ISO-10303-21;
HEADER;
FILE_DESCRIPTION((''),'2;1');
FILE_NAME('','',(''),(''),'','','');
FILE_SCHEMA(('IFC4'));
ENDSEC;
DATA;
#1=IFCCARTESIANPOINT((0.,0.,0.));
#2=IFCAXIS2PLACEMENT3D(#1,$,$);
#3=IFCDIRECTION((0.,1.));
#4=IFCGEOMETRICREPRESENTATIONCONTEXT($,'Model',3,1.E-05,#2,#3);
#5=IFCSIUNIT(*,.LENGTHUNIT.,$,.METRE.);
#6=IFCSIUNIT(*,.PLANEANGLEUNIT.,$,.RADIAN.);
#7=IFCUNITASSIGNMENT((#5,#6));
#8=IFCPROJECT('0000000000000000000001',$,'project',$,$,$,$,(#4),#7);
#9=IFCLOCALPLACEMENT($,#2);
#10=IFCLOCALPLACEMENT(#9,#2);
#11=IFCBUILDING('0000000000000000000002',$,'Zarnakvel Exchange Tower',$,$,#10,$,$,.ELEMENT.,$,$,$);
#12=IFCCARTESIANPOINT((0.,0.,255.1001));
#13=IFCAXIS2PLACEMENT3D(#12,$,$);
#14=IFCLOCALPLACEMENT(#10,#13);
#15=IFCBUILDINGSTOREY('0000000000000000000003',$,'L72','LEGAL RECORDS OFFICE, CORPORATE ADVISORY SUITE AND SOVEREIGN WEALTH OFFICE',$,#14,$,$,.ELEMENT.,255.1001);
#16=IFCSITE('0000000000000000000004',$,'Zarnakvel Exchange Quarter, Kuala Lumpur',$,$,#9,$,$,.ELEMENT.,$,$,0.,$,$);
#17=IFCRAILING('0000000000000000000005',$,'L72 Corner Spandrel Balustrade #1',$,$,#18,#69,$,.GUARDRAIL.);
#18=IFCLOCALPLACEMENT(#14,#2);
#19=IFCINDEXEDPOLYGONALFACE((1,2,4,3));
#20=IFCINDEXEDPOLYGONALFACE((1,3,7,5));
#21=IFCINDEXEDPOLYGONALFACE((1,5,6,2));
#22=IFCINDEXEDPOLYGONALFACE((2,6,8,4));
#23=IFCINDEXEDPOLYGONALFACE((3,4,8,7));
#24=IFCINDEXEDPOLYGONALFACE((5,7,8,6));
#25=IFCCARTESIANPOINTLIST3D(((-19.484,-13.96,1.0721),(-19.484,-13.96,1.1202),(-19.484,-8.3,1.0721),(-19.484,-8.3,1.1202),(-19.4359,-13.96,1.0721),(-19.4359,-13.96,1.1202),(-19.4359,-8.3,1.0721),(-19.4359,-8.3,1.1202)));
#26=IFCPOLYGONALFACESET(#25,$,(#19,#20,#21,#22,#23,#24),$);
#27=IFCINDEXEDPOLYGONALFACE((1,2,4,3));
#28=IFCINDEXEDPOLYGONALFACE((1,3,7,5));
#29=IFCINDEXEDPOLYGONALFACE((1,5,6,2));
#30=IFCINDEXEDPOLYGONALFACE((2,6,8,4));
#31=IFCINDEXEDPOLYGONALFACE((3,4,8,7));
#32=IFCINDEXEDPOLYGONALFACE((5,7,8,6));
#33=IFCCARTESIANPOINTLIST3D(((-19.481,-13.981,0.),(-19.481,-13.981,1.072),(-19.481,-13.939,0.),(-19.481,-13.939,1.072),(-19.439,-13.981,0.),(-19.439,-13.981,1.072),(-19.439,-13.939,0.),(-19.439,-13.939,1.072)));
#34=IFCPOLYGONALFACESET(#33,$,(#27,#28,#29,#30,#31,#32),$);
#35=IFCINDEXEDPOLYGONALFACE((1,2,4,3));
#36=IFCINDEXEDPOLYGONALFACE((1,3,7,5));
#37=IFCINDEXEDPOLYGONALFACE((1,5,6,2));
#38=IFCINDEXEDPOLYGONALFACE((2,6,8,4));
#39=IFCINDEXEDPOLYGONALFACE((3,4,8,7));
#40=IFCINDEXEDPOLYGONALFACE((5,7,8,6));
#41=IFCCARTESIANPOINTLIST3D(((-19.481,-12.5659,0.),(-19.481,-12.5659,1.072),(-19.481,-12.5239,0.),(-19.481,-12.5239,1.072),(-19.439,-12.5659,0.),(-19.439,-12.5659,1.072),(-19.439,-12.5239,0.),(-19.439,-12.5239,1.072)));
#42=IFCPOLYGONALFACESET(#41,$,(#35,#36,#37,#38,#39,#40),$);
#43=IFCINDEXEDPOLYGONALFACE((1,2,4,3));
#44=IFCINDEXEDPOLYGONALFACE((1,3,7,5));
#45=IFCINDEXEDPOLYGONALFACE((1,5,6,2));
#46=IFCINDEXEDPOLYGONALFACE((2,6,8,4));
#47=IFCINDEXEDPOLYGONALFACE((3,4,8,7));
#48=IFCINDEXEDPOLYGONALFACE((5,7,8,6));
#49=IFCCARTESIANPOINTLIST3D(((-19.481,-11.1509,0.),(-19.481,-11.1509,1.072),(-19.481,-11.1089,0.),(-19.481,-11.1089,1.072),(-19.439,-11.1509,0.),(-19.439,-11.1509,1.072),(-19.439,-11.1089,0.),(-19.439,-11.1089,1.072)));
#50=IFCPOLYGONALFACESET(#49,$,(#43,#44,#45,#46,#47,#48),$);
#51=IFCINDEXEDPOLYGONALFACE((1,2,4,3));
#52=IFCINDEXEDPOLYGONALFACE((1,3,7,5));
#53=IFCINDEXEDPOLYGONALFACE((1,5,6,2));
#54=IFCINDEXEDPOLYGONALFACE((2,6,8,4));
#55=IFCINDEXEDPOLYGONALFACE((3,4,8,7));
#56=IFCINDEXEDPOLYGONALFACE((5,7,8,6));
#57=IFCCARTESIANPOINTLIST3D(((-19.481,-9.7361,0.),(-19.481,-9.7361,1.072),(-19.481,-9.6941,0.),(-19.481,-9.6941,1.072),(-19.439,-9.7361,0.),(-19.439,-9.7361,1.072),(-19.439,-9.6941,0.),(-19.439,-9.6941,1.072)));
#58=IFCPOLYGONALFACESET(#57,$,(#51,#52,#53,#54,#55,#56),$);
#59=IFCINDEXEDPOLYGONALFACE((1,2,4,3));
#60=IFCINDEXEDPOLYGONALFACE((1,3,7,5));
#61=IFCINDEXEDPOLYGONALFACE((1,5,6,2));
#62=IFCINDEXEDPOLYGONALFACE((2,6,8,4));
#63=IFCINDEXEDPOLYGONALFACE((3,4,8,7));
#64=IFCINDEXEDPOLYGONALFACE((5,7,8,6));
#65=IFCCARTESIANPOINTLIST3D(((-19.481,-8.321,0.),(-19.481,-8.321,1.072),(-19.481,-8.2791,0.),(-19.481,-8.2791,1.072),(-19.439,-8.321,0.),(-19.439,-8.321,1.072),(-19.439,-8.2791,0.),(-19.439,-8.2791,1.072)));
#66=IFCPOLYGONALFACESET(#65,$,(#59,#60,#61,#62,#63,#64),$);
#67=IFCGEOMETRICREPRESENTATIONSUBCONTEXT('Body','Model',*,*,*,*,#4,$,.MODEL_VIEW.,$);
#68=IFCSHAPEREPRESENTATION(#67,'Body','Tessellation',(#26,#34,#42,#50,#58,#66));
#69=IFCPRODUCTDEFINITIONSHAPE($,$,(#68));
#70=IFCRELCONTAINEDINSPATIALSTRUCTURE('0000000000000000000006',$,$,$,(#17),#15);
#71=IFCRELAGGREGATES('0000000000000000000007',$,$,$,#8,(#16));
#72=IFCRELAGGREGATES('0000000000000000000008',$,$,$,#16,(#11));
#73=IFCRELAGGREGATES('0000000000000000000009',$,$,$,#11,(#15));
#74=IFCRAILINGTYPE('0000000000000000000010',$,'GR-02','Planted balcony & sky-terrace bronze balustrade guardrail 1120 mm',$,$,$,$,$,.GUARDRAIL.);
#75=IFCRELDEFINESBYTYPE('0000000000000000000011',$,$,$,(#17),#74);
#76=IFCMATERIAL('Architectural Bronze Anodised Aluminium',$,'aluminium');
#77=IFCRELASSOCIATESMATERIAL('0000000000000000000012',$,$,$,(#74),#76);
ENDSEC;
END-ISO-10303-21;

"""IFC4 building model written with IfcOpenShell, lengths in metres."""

from ifc_helpers import new_model, si_unit, direction, frame, origin, origin_2d, place, context, subcontext, project, spatial, rectangle, extrude, material, type_object, element, save


model = new_model("IFC4")

# Units and contexts
model_context = context("Model", 3, precision=1e-05, world=origin(), true_north=direction((0.0, 1.0)))
body_context = subcontext(model_context, "Body", "Model", "MODEL_VIEW")
ifc_project = project(units=[si_unit("LENGTHUNIT", "METRE"), si_unit("PLANEANGLEUNIT", "RADIAN")], contexts=[model_context])

# Site, building, storey
site_placement = place(None, origin())
site = spatial("IfcSite", under=ifc_project, at=site_placement, Name="Zarnakvel Exchange Quarter, Kuala Lumpur", CompositionType="ELEMENT", RefElevation=0.0)
building_placement = place(site_placement, origin())
building = spatial("IfcBuilding", under=site, at=building_placement, Name="Zarnakvel Exchange Tower", CompositionType="ELEMENT")
storey_placement = place(building_placement, frame((0.0, 0.0, 255.1001)))
storey = spatial("IfcBuildingStorey", under=building, at=storey_placement, Name="L72", Description="LEGAL RECORDS OFFICE, CORPORATE ADVISORY SUITE AND SOVEREIGN WEALTH OFFICE", CompositionType="ELEMENT", Elevation=255.1001)

# Railing
ifc_material_1 = material(Name="Architectural Bronze Anodised Aluminium", Category="aluminium")
railing_type = type_object("IfcRailingType", Name="GR-02", Description="Planted balcony & sky-terrace bronze balustrade guardrail 1120 mm", PredefinedType="GUARDRAIL", material=ifc_material_1)
railing_1_placement = place(storey_placement, frame((-19.46, -13.96, 0.0)))
element("IfcRailing", 1, at=railing_1_placement, inside=storey, type_object=railing_type, Name="L72 Corner Spandrel Balustrade #1", PredefinedType="GUARDRAIL", context=body_context, shape_type="SweptSolid", body=[
    extrude(rectangle(XDim=0.0481, YDim=0.0481, at=origin_2d()), frame((0.0, 0.0, 1.0962), z_axis=(0.0, 1.0, 0.0), x_axis=(-1.0, 0.0, 0.0)), (0.0, 0.0, 1.0), 5.6599),
    extrude(rectangle(XDim=0.042, YDim=0.042, at=origin_2d()), origin(), (0.0, 0.0, 1.0), 1.072),
    extrude(rectangle(XDim=0.042, YDim=0.042, at=origin_2d()), frame((0.0, 1.415, 0.0)), (0.0, 0.0, 1.0), 1.072),
    extrude(rectangle(XDim=0.042, YDim=0.042, at=origin_2d()), frame((0.0, 2.8301, 0.0)), (0.0, 0.0, 1.0), 1.072),
    extrude(rectangle(XDim=0.042, YDim=0.042, at=origin_2d()), frame((0.0, 4.2449, 0.0)), (0.0, 0.0, 1.0), 1.072),
    extrude(rectangle(XDim=0.042, YDim=0.042, at=origin_2d()), frame((0.0, 5.6599, 0.0)), (0.0, 0.0, 1.0), 1.072),
])

save(model, "model.ifc")
